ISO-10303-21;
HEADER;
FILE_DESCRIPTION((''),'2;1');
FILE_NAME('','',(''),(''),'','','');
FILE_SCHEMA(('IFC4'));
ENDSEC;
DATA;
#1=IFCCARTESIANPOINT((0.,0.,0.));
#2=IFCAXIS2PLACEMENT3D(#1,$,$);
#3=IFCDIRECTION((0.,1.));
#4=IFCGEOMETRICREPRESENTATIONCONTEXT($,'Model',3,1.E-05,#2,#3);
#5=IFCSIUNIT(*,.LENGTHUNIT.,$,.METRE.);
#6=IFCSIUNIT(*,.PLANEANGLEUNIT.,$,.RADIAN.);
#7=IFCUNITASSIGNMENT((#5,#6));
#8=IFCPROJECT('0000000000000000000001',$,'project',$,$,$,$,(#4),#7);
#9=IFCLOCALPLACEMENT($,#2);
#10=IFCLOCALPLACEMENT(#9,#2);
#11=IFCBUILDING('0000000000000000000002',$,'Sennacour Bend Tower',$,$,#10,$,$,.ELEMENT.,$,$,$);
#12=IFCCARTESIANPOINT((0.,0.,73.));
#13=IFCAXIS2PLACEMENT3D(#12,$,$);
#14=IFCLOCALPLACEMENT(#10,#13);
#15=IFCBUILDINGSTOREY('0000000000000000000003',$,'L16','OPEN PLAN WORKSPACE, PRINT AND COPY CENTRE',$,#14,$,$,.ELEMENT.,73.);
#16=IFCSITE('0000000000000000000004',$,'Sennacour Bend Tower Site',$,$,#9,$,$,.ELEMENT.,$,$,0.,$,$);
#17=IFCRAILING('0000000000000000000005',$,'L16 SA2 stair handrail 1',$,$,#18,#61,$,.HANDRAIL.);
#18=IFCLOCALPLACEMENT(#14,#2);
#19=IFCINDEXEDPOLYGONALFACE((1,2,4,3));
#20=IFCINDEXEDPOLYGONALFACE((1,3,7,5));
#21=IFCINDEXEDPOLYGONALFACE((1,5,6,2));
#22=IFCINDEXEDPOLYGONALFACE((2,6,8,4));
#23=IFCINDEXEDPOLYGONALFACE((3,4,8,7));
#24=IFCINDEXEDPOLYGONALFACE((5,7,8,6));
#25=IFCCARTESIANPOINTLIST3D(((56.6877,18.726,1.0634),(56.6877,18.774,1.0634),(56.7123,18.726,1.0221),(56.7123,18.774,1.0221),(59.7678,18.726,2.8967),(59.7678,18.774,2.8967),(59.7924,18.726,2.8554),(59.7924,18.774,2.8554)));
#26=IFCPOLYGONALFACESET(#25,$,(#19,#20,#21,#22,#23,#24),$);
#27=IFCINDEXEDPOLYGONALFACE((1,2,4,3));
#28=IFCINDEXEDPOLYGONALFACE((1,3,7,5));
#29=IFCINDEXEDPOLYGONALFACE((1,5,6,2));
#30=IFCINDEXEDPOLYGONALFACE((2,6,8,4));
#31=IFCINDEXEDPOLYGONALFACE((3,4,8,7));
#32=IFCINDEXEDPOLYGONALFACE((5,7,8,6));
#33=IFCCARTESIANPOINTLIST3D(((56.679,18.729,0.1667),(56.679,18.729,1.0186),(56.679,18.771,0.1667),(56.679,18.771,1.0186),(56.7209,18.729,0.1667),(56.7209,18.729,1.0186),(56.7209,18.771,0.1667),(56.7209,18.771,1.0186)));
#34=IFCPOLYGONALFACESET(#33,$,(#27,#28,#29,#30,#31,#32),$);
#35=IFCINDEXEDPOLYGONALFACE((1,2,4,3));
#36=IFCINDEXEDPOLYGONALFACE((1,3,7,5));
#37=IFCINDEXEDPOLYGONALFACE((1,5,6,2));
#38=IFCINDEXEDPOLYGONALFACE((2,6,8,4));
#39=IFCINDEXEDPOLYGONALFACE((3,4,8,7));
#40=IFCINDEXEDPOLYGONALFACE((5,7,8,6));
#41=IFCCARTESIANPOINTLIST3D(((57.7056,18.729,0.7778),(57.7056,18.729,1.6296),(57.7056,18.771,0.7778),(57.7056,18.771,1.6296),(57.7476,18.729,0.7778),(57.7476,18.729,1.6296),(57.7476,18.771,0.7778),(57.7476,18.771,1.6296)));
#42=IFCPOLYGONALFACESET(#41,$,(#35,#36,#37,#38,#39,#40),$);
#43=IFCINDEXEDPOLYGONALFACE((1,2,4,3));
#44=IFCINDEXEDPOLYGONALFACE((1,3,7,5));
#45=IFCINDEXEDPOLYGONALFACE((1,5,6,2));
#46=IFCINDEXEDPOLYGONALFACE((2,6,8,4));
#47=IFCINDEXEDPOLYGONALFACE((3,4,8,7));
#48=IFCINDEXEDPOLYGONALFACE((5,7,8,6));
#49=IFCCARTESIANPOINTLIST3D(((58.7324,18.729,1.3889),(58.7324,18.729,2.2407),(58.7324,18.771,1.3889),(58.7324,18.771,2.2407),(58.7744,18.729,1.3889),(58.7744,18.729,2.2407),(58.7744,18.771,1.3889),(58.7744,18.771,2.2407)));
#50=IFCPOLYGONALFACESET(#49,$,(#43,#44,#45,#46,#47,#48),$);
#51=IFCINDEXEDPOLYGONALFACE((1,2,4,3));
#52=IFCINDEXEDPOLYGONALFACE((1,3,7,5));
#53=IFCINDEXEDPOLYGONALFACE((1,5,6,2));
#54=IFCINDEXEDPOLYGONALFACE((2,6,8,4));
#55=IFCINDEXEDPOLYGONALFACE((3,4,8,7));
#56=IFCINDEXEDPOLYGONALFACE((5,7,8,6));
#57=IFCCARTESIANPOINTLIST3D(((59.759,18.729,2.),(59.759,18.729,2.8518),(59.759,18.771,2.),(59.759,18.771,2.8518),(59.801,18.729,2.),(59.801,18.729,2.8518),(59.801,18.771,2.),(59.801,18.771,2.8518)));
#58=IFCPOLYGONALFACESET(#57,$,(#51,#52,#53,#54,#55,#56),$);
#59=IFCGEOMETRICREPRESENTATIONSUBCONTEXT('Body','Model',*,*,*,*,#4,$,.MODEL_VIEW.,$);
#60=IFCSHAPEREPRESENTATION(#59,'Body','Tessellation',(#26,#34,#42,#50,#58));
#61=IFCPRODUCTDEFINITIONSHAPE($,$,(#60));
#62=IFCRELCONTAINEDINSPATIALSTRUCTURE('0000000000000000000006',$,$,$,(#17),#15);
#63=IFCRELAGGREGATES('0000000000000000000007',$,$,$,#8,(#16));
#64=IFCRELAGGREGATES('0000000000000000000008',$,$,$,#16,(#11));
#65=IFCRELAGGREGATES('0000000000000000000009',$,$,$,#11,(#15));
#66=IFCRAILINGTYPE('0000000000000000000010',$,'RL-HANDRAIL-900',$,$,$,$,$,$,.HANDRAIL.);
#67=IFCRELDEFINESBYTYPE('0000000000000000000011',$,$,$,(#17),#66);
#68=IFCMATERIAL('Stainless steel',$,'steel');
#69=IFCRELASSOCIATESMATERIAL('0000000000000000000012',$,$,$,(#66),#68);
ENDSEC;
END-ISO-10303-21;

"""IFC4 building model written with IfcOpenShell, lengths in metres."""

from ifc_helpers import new_model, si_unit, direction, frame, origin, origin_2d, place, context, subcontext, project, spatial, rectangle, extrude, material, type_object, element, save


model = new_model("IFC4")

# Units and contexts
model_context = context("Model", 3, precision=1e-05, world=origin(), true_north=direction((0.0, 1.0)))
body_context = subcontext(model_context, "Body", "Model", "MODEL_VIEW")
ifc_project = project(units=[si_unit("LENGTHUNIT", "METRE"), si_unit("PLANEANGLEUNIT", "RADIAN")], contexts=[model_context])

# Site, building, storey
site_placement = place(None, origin())
site = spatial("IfcSite", under=ifc_project, at=site_placement, Name="Sennacour Bend Tower Site", CompositionType="ELEMENT", RefElevation=0.0)
building_placement = place(site_placement, origin())
building = spatial("IfcBuilding", under=site, at=building_placement, Name="Sennacour Bend Tower", CompositionType="ELEMENT")
storey_placement = place(building_placement, frame((0.0, 0.0, 73.0)))
storey = spatial("IfcBuildingStorey", under=building, at=storey_placement, Name="L16", Description="OPEN PLAN WORKSPACE, PRINT AND COPY CENTRE", CompositionType="ELEMENT", Elevation=73.0)

# Shared definitions
ifc_material_1 = material(Name="Stainless steel", Category="steel")

# Railing
railing_type_1 = type_object("IfcRailingType", Name="RL-HANDRAIL-900", PredefinedType="HANDRAIL", material=ifc_material_1)
railing_1_placement = place(storey_placement, frame((56.7, 18.75, 0.1667)))
element("IfcRailing", 1, at=railing_1_placement, inside=storey, type_object=railing_type_1, Name="L16 SA2 stair handrail 1", PredefinedType="HANDRAIL", context=body_context, shape_type="SweptSolid", body=[
    extrude(rectangle(XDim=0.0481, YDim=0.0481, at=origin_2d()), frame((0.0, 0.0, 0.876), z_axis=(0.859309, 0.0, 0.511458), x_axis=(0.0, 1.0, 0.0)), (0.0, 0.0, 1.0), 3.5845),
    extrude(rectangle(XDim=0.042, YDim=0.042, at=origin_2d()), origin(), (0.0, 0.0, 1.0), 0.8518),
    extrude(rectangle(XDim=0.042, YDim=0.042, at=origin_2d()), frame((1.0266, 0.0, 0.6111)), (0.0, 0.0, 1.0), 0.8518),
    extrude(rectangle(XDim=0.042, YDim=0.042, at=origin_2d()), frame((2.0535, 0.0, 1.2222)), (0.0, 0.0, 1.0), 0.8518),
    extrude(rectangle(XDim=0.042, YDim=0.042, at=origin_2d()), frame((3.0801, 0.0, 1.8333)), (0.0, 0.0, 1.0), 0.8518),
])

save(model, "model.ifc")
